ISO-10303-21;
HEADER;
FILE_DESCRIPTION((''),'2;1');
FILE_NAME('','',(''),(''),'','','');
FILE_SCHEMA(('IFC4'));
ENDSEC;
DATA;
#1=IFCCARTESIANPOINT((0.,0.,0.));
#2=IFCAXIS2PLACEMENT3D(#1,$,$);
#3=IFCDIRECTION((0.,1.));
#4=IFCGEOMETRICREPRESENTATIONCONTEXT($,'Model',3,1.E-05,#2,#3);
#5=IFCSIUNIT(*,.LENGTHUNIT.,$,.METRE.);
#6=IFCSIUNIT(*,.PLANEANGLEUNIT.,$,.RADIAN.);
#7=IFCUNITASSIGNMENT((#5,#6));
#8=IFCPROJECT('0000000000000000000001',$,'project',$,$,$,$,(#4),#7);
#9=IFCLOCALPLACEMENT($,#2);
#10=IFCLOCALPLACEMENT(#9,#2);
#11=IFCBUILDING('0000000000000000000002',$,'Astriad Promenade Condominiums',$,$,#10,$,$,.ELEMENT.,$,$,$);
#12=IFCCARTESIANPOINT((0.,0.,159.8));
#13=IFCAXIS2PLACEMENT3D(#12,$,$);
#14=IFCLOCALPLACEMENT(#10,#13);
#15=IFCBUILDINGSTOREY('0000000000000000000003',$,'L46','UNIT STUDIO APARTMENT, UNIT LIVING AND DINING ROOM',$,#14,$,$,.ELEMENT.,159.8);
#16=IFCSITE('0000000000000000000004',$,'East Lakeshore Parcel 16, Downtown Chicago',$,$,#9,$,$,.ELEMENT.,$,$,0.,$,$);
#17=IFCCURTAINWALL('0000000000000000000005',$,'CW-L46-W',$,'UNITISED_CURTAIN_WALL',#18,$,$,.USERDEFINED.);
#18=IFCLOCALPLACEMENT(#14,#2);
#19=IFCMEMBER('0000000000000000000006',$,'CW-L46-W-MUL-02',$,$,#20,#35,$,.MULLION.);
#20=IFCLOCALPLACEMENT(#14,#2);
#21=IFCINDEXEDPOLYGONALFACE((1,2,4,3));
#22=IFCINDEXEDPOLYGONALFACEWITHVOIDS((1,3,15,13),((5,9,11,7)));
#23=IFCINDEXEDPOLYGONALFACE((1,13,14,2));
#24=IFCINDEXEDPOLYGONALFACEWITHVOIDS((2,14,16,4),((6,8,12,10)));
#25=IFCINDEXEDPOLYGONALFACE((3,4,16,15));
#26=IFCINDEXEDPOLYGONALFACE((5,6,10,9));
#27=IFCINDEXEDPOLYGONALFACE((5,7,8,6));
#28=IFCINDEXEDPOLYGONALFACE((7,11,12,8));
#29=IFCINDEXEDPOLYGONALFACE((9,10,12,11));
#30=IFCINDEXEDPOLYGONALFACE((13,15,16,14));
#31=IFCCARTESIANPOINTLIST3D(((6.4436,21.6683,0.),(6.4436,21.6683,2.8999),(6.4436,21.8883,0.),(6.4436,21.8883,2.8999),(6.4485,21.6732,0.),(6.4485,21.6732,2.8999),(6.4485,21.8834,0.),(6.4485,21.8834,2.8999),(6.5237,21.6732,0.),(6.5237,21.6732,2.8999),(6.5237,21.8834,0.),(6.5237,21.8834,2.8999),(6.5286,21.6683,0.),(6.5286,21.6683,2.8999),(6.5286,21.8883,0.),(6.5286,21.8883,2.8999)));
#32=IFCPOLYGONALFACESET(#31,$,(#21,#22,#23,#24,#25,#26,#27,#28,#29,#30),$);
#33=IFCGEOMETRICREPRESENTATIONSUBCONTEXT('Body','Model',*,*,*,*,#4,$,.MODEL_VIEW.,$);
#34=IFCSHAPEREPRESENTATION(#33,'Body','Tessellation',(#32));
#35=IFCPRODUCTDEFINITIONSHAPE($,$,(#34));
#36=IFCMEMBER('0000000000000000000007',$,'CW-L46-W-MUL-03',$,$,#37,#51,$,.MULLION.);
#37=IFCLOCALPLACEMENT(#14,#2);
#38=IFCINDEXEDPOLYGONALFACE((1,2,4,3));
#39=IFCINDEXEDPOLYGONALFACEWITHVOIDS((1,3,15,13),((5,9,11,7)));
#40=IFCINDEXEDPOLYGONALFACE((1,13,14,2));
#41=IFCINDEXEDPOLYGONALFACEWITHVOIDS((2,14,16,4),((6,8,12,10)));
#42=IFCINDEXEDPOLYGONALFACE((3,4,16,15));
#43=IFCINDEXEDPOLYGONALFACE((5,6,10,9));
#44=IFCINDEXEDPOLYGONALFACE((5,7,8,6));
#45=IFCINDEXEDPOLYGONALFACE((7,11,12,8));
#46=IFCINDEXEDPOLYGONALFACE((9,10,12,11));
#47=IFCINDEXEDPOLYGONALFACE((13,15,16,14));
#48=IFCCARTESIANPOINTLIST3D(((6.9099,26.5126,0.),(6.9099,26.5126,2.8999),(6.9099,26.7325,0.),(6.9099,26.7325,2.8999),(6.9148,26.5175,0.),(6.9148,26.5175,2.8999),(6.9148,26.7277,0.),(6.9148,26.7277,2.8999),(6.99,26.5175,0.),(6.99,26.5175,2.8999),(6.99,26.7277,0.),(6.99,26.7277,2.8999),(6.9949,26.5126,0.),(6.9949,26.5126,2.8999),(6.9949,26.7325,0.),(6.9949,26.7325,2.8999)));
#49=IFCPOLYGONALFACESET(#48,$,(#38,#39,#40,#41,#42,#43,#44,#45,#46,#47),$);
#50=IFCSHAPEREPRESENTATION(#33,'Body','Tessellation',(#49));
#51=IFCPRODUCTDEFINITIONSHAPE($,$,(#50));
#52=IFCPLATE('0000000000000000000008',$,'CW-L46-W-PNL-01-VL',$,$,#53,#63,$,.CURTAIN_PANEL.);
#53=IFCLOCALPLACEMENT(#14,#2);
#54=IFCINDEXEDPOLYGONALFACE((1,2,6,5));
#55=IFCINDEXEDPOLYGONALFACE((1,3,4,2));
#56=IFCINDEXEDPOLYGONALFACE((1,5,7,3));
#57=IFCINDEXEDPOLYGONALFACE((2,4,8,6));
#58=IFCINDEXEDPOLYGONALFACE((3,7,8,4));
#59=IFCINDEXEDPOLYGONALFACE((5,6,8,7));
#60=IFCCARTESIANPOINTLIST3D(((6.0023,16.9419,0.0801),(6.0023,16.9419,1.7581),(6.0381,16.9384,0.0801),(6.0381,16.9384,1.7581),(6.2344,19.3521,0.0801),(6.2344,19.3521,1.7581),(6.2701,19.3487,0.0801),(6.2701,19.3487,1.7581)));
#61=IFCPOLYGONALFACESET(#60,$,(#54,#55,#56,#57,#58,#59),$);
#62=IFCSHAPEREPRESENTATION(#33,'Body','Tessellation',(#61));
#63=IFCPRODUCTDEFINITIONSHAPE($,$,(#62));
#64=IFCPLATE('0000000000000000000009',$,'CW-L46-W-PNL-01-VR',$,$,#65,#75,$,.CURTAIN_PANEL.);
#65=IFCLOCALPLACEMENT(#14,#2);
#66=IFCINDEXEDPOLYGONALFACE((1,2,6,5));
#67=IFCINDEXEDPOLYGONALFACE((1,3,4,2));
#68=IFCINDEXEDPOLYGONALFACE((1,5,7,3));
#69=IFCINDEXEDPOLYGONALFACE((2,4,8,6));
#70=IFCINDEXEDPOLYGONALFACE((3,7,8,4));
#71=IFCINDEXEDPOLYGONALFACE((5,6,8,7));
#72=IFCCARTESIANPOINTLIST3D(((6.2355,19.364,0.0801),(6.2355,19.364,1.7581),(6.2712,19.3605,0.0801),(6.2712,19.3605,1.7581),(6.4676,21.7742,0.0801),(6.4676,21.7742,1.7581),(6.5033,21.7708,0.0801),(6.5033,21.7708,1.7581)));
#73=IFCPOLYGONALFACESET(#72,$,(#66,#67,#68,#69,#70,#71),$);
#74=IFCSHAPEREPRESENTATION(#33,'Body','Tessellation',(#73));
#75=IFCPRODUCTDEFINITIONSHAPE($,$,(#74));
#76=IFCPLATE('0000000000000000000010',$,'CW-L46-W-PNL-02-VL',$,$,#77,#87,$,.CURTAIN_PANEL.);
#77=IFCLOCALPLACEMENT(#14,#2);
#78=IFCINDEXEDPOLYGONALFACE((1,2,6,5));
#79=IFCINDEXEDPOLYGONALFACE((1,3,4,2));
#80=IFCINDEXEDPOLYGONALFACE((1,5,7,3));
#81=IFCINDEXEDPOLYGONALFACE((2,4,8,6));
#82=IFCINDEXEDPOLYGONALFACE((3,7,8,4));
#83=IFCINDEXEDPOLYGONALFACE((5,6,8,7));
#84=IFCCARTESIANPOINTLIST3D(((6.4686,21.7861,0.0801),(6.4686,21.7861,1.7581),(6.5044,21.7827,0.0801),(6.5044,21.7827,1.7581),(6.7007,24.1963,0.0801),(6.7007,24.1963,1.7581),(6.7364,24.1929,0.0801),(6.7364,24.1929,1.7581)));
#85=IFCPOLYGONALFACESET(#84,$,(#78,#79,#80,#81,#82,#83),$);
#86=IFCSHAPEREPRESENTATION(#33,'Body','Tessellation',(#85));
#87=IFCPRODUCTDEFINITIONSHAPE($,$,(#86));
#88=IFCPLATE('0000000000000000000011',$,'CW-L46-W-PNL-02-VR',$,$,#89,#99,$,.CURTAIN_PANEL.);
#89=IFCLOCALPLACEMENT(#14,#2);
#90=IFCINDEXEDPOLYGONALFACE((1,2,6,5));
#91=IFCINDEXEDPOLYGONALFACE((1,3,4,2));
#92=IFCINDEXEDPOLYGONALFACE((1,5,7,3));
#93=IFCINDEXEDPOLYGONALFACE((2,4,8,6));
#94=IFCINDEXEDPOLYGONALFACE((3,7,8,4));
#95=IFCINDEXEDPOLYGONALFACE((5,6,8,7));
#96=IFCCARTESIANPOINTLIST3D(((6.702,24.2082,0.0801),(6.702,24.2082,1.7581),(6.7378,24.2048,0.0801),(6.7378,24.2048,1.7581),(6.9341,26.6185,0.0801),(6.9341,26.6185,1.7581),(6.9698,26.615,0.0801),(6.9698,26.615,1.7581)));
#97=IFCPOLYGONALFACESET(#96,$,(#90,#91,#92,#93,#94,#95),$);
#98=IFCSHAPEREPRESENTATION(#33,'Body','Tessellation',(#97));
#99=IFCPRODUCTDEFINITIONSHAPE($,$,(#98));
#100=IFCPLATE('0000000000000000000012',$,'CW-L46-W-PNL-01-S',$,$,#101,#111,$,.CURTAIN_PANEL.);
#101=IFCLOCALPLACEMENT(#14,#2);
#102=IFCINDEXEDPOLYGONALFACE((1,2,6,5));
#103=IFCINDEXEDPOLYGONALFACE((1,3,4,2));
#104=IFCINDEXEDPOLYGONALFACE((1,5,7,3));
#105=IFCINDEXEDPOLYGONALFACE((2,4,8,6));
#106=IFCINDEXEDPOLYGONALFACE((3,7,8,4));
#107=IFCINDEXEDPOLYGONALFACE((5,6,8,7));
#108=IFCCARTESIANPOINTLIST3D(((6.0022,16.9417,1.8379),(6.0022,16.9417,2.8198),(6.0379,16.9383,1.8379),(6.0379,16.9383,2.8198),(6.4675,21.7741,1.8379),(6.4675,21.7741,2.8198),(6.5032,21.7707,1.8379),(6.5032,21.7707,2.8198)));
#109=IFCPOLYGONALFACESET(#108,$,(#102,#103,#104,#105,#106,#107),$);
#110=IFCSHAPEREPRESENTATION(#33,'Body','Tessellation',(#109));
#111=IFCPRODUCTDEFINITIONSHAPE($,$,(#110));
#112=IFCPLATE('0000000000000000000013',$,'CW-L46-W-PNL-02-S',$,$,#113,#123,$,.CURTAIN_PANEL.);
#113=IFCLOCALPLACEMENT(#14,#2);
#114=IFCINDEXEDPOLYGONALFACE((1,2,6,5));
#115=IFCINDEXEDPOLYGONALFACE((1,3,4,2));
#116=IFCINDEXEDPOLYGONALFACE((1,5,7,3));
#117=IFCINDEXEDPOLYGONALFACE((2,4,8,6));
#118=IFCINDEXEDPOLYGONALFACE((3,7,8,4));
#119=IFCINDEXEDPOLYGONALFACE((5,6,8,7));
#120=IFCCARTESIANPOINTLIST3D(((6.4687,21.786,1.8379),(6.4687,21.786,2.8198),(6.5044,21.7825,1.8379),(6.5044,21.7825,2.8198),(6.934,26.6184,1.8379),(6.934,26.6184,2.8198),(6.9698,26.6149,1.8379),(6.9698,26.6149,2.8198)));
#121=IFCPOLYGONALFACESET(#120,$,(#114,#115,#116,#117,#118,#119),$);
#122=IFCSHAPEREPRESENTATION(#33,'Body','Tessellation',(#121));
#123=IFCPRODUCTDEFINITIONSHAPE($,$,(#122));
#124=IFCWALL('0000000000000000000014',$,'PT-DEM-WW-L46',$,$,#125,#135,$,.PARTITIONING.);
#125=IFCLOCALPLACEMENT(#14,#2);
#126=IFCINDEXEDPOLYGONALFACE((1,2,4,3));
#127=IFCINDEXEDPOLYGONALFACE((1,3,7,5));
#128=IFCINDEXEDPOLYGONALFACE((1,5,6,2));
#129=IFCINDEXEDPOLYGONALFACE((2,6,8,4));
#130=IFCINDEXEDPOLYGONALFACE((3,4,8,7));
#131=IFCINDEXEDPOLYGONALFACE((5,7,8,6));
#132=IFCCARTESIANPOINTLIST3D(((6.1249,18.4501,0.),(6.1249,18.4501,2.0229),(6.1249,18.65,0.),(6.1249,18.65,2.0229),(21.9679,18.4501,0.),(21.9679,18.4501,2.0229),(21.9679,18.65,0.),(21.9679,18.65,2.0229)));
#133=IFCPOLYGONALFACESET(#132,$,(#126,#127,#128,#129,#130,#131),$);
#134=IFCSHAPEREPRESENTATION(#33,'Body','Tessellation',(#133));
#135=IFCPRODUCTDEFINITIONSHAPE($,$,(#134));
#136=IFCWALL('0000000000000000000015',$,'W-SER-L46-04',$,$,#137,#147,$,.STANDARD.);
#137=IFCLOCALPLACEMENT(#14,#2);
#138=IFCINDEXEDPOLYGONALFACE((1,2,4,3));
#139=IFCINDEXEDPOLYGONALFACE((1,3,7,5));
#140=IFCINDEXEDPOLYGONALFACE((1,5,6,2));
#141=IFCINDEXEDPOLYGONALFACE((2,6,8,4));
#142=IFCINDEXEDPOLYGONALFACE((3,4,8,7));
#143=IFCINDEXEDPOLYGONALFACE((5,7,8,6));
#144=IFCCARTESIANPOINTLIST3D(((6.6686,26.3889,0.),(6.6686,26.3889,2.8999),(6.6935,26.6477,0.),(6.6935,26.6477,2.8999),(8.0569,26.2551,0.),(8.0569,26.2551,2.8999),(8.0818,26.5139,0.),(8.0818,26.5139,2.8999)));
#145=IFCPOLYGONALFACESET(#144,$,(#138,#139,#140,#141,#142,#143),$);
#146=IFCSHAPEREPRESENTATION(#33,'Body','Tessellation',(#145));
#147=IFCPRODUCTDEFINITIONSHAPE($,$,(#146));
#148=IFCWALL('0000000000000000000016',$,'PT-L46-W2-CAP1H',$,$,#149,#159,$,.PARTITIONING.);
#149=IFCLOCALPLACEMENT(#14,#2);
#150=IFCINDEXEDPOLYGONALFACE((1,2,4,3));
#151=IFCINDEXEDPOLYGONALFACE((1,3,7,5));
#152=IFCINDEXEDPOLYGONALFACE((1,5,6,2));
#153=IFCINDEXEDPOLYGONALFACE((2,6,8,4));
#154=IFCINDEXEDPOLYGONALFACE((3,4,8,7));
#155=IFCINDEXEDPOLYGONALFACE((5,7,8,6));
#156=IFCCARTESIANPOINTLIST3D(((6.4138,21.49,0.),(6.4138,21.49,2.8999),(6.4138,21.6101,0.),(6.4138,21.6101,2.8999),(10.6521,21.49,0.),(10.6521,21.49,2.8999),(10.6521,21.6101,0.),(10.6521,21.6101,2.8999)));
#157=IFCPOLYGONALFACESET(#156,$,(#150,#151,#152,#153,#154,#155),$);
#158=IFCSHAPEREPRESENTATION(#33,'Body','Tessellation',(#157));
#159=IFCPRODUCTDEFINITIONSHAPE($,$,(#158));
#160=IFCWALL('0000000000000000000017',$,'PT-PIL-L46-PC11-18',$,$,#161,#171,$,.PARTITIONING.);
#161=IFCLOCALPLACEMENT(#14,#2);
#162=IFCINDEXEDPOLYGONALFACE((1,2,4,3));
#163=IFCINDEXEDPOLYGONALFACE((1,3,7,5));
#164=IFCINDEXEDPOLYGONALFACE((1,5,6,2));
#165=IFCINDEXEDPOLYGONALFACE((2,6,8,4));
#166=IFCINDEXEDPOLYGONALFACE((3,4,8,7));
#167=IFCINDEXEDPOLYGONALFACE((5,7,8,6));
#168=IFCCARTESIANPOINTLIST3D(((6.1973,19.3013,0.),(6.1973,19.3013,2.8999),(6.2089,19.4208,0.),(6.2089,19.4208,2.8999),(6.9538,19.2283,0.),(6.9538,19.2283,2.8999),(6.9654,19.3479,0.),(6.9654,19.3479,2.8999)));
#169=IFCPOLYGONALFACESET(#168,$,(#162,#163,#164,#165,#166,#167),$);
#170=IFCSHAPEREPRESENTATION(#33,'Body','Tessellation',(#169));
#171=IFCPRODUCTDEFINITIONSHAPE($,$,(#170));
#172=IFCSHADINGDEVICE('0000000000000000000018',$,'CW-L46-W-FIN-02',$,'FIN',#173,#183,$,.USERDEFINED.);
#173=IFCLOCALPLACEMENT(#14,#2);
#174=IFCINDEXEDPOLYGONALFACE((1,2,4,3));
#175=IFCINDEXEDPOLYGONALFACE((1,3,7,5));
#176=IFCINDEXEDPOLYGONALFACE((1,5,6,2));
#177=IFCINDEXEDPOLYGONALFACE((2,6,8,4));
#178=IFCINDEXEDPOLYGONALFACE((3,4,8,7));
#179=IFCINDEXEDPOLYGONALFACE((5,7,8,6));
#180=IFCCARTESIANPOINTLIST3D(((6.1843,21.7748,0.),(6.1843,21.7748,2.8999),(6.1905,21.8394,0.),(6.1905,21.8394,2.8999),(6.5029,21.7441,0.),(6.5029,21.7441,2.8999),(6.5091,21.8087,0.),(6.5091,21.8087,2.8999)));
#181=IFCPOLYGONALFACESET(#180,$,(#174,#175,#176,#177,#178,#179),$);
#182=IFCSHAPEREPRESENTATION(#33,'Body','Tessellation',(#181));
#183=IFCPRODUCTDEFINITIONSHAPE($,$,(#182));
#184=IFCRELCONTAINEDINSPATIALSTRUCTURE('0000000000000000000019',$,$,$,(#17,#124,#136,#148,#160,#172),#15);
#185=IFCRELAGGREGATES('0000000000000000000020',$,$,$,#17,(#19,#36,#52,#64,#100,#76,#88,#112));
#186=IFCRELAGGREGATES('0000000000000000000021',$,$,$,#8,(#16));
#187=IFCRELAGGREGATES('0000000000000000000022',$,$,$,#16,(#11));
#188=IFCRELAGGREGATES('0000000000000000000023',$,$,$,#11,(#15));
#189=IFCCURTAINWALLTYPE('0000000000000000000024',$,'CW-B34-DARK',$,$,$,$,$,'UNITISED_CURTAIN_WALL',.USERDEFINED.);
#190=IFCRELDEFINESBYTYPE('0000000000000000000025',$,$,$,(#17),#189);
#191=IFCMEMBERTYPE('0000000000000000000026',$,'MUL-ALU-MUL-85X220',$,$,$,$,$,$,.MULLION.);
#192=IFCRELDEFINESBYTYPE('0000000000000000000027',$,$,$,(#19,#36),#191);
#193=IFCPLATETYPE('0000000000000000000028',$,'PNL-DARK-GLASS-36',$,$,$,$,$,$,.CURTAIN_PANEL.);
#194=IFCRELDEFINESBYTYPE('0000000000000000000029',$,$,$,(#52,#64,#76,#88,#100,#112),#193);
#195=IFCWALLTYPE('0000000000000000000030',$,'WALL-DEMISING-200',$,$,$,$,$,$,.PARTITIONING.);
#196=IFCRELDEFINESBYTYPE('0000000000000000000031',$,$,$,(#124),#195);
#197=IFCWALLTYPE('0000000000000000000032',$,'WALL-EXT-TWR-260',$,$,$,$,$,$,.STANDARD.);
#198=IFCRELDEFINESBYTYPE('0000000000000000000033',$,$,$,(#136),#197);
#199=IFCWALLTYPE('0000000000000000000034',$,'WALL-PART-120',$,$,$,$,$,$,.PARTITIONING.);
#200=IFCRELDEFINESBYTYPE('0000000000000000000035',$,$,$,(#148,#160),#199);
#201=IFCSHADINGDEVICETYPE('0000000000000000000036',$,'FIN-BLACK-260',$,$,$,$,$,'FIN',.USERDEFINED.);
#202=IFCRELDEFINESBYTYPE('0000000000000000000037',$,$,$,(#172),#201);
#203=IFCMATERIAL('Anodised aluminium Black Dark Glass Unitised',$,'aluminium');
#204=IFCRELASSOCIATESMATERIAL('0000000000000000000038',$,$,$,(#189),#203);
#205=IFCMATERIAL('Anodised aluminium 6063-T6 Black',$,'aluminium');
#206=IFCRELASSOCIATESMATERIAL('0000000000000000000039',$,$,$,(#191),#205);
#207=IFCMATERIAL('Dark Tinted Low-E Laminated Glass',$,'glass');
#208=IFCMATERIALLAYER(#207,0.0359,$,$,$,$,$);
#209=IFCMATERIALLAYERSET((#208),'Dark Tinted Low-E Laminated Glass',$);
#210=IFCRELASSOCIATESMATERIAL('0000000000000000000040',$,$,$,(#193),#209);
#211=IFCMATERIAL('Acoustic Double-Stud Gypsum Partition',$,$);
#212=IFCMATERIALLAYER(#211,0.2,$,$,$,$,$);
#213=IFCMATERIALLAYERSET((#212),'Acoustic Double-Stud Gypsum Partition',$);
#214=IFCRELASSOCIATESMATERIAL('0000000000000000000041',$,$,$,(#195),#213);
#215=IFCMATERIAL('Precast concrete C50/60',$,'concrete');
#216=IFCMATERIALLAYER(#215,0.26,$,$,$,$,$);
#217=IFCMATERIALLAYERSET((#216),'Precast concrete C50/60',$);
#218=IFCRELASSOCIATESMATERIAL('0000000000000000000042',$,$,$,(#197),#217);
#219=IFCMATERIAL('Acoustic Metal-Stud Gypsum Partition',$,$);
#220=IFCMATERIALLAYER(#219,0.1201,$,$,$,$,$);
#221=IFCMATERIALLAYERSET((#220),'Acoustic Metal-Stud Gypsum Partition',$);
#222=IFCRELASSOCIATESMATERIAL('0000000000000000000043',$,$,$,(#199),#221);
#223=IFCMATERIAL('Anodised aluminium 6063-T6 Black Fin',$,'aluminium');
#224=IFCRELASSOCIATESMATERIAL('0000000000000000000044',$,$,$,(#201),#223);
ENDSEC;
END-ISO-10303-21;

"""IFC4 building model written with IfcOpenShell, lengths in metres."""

from ifc_helpers import new_model, si_unit, direction, frame, frame_2d, origin, origin_2d, place, context, subcontext, project, spatial, rectangle, hollow_rectangle, extrude, source, transform, mapped, material, layer, layer_set, material_profile, profile_set, type_object, type_shapes, element, aggregate, save


model = new_model("IFC4")

# Units and contexts
model_context = context("Model", 3, precision=1e-05, world=origin(), true_north=direction((0.0, 1.0)))
body_context = subcontext(model_context, "Body", "Model", "MODEL_VIEW")
ifc_project = project(units=[si_unit("LENGTHUNIT", "METRE"), si_unit("PLANEANGLEUNIT", "RADIAN")], contexts=[model_context])

# Site, building, storey
site_placement = place(None, origin())
site = spatial("IfcSite", under=ifc_project, at=site_placement, Name="East Lakeshore Parcel 16, Downtown Chicago", CompositionType="ELEMENT", RefElevation=0.0)
building_placement = place(site_placement, origin())
building = spatial("IfcBuilding", under=site, at=building_placement, Name="Astriad Promenade Condominiums", CompositionType="ELEMENT")
storey_placement = place(building_placement, frame((0.0, 0.0, 159.8)))
storey = spatial("IfcBuildingStorey", under=building, at=storey_placement, Name="L46", Description="UNIT STUDIO APARTMENT, UNIT LIVING AND DINING ROOM", CompositionType="ELEMENT", Elevation=159.8)

# Curtain wall, members, plates
ifc_material_1 = material(Name="Anodised aluminium Black Dark Glass Unitised", Category="aluminium")
curtain_wall_type = type_object("IfcCurtainWallType", Name="CW-B34-DARK", ElementType="UNITISED_CURTAIN_WALL", PredefinedType="USERDEFINED", material=ifc_material_1)
curtain_wall_placement = place(storey_placement, origin())
curtain_wall = element("IfcCurtainWall", 1, at=curtain_wall_placement, inside=storey, type_object=curtain_wall_type, Name="CW-L46-W", ObjectType="UNITISED_CURTAIN_WALL", PredefinedType="USERDEFINED")
ifc_material_2 = material(Name="Anodised aluminium 6063-T6 Black", Category="aluminium")
ifc_material_profile_1 = material_profile(ifc_material_2, hollow_rectangle(XDim=0.085, YDim=0.22, WallThickness=0.0049, at=origin_2d()), Name="ALU-MUL-85X220")
ifc_profile_set_1 = profile_set([ifc_material_profile_1], Name="Anodised aluminium 6063-T6 Black")
member_type_1 = type_object("IfcMemberType", Name="MUL-ALU-MUL-85X220", PredefinedType="MULLION", material=ifc_profile_set_1)
shared_shape_1 = source(origin(), body_context, "Body", "SweptSolid", [
    extrude(hollow_rectangle(XDim=0.085, YDim=0.22, WallThickness=0.0049, at=origin_2d()), origin(), (0.0, 0.0, 1.0), 2.8999),
])
type_shapes(member_type_1, [shared_shape_1])
member_1_placement = place(storey_placement, frame((6.4861, 21.7783, 0.0), z_axis=(0.0, 0.0, 1.0), x_axis=(1.0, 0.0, 0.0)))
member_1 = element("IfcMember", 2, at=member_1_placement, type_object=member_type_1, Name="CW-L46-W-MUL-02", PredefinedType="MULLION", context=body_context, shape_type="MappedRepresentation", body=[
    mapped(shared_shape_1, transform((0.0, 0.0, 0.0), scale=1.0)),
])
member_2_placement = place(storey_placement, frame((6.9524, 26.6226, 0.0), z_axis=(0.0, 0.0, 1.0), x_axis=(1.0, 0.0, 0.0)))
member_2 = element("IfcMember", 3, at=member_2_placement, type_object=member_type_1, Name="CW-L46-W-MUL-03", PredefinedType="MULLION", context=body_context, shape_type="MappedRepresentation", body=[
    mapped(shared_shape_1, transform((0.0, 0.0, 0.0), scale=1.0)),
])
ifc_material_3 = material(Name="Dark Tinted Low-E Laminated Glass", Category="glass")
ifc_layer_1 = layer(ifc_material_3, 0.0359)
ifc_layer_set_1 = layer_set([ifc_layer_1], Name="Dark Tinted Low-E Laminated Glass")
plate_type = type_object("IfcPlateType", Name="PNL-DARK-GLASS-36", PredefinedType="CURTAIN_PANEL", material=ifc_layer_set_1)
shared_shape_2 = source(origin(), body_context, "Body", "SweptSolid", [
    extrude(rectangle(XDim=2.4214, YDim=0.0359, at=origin_2d()), origin(), (0.0, 0.0, 1.0), 1.678),
])
plate_1_placement = place(storey_placement, frame((6.1362, 18.1453, 0.0801), z_axis=(0.0, 0.0, 1.0), x_axis=(0.095846, 0.995396, 0.0)))
plate_1 = element("IfcPlate", 4, at=plate_1_placement, type_object=plate_type, Name="CW-L46-W-PNL-01-VL", PredefinedType="CURTAIN_PANEL", context=body_context, shape_type="MappedRepresentation", body=[
    mapped(shared_shape_2, transform((0.0, 0.0, 0.0), scale=1.0)),
])
plate_2_placement = place(storey_placement, frame((6.3694, 20.5674, 0.0801), z_axis=(0.0, 0.0, 1.0), x_axis=(0.095846, 0.995396, 0.0)))
plate_2 = element("IfcPlate", 5, at=plate_2_placement, type_object=plate_type, Name="CW-L46-W-PNL-01-VR", PredefinedType="CURTAIN_PANEL", context=body_context, shape_type="MappedRepresentation", body=[
    mapped(shared_shape_2, transform((0.0, 0.0, 0.0), scale=1.0)),
])
plate_3_placement = place(storey_placement, frame((6.6025, 22.9895, 0.0801), z_axis=(0.0, 0.0, 1.0), x_axis=(0.095846, 0.995396, 0.0)))
plate_3 = element("IfcPlate", 6, at=plate_3_placement, type_object=plate_type, Name="CW-L46-W-PNL-02-VL", PredefinedType="CURTAIN_PANEL", context=body_context, shape_type="MappedRepresentation", body=[
    mapped(shared_shape_2, transform((0.0, 0.0, 0.0), scale=1.0)),
])
plate_4_placement = place(storey_placement, frame((6.8359, 25.4116, 0.0801), z_axis=(0.0, 0.0, 1.0), x_axis=(0.095846, 0.995396, 0.0)))
plate_4 = element("IfcPlate", 7, at=plate_4_placement, type_object=plate_type, Name="CW-L46-W-PNL-02-VR", PredefinedType="CURTAIN_PANEL", context=body_context, shape_type="MappedRepresentation", body=[
    mapped(shared_shape_2, transform((0.0, 0.0, 0.0), scale=1.0)),
])
shared_shape_3 = source(origin(), body_context, "Body", "SweptSolid", [
    extrude(rectangle(XDim=4.8547, YDim=0.0359, at=origin_2d()), origin(), (0.0, 0.0, 1.0), 0.9819),
])
type_shapes(plate_type, [shared_shape_2, shared_shape_3])
plate_5_placement = place(storey_placement, frame((6.2527, 19.3562, 1.8379), z_axis=(0.0, 0.0, 1.0), x_axis=(0.095846, 0.995396, 0.0)))
plate_5 = element("IfcPlate", 8, at=plate_5_placement, type_object=plate_type, Name="CW-L46-W-PNL-01-S", PredefinedType="CURTAIN_PANEL", context=body_context, shape_type="MappedRepresentation", body=[
    mapped(shared_shape_3, transform((0.0, 0.0, 0.0), scale=1.0)),
])
plate_6_placement = place(storey_placement, frame((6.7192, 24.2004, 1.8379), z_axis=(0.0, 0.0, 1.0), x_axis=(0.095846, 0.995396, 0.0)))
plate_6 = element("IfcPlate", 9, at=plate_6_placement, type_object=plate_type, Name="CW-L46-W-PNL-02-S", PredefinedType="CURTAIN_PANEL", context=body_context, shape_type="MappedRepresentation", body=[
    mapped(shared_shape_3, transform((0.0, 0.0, 0.0), scale=1.0)),
])
aggregate(curtain_wall, [member_1, member_2, plate_1, plate_2, plate_5, plate_3, plate_4, plate_6])

# Walls
ifc_material_4 = material(Name="Acoustic Double-Stud Gypsum Partition")
ifc_layer_2 = layer(ifc_material_4, 0.2)
ifc_layer_set_2 = layer_set([ifc_layer_2], Name="Acoustic Double-Stud Gypsum Partition")
wall_type_1 = type_object("IfcWallType", Name="WALL-DEMISING-200", PredefinedType="PARTITIONING", material=ifc_layer_set_2)
wall_1_placement = place(storey_placement, frame((6.125, 18.55, 0.0), z_axis=(0.0, 0.0, 1.0), x_axis=(1.0, 0.0, 0.0)))
element("IfcWall", 10, at=wall_1_placement, inside=storey, type_object=wall_type_1, Name="PT-DEM-WW-L46", PredefinedType="PARTITIONING", context=body_context, shape_type="SweptSolid", body=[
    extrude(rectangle(XDim=15.843, YDim=0.2, at=frame_2d((7.9214, 0.0))), origin(), (0.0, 0.0, 1.0), 2.0229),
])
ifc_material_5 = material(Name="Precast concrete C50/60", Category="concrete")
ifc_layer_3 = layer(ifc_material_5, 0.26)
ifc_layer_set_3 = layer_set([ifc_layer_3], Name="Precast concrete C50/60")
wall_type_2 = type_object("IfcWallType", Name="WALL-EXT-TWR-260", PredefinedType="STANDARD", material=ifc_layer_set_3)
wall_2_placement = place(storey_placement, frame((6.6812, 26.5183, 0.0), z_axis=(0.0, 0.0, 1.0), x_axis=(0.995389, -0.095916, 0.0)))
element("IfcWall", 11, at=wall_2_placement, inside=storey, type_object=wall_type_2, Name="W-SER-L46-04", PredefinedType="STANDARD", context=body_context, shape_type="SweptSolid", body=[
    extrude(rectangle(XDim=1.3948, YDim=0.26, at=frame_2d((0.6973, 0.0))), origin(), (0.0, 0.0, 1.0), 2.8999),
])
ifc_material_6 = material(Name="Acoustic Metal-Stud Gypsum Partition")
ifc_layer_4 = layer(ifc_material_6, 0.1201)
ifc_layer_set_4 = layer_set([ifc_layer_4], Name="Acoustic Metal-Stud Gypsum Partition")
wall_type_3 = type_object("IfcWallType", Name="WALL-PART-120", PredefinedType="PARTITIONING", material=ifc_layer_set_4)
wall_3_placement = place(storey_placement, frame((6.4138, 21.55, 0.0), z_axis=(0.0, 0.0, 1.0), x_axis=(1.0, 0.0, 0.0)))
element("IfcWall", 12, at=wall_3_placement, inside=storey, type_object=wall_type_3, Name="PT-L46-W2-CAP1H", PredefinedType="PARTITIONING", context=body_context, shape_type="SweptSolid", body=[
    extrude(rectangle(XDim=4.2383, YDim=0.1201, at=frame_2d((2.1191, 0.0))), origin(), (0.0, 0.0, 1.0), 2.8999),
])
wall_4_placement = place(storey_placement, frame((6.9595, 19.2881, 0.0), z_axis=(0.0, 0.0, 1.0), x_axis=(-0.995378, 0.096037, 0.0)))
element("IfcWall", 13, at=wall_4_placement, inside=storey, type_object=wall_type_3, Name="PT-PIL-L46-PC11-18", PredefinedType="PARTITIONING", context=body_context, shape_type="SweptSolid", body=[
    extrude(rectangle(XDim=0.76, YDim=0.1201, at=frame_2d((0.3799, 0.0))), origin(), (0.0, 0.0, 1.0), 2.8999),
])

# Shading device
ifc_material_7 = material(Name="Anodised aluminium 6063-T6 Black Fin", Category="aluminium")
shading_device_type = type_object("IfcShadingDeviceType", Name="FIN-BLACK-260", ElementType="FIN", PredefinedType="USERDEFINED", material=ifc_material_7)
shared_shape_4 = source(origin(), body_context, "Body", "SweptSolid", [
    extrude(rectangle(XDim=0.0649, YDim=0.3201, at=origin_2d()), origin(), (0.0, 0.0, 1.0), 2.8999),
])
type_shapes(shading_device_type, [shared_shape_4])
shading_device_placement = place(storey_placement, frame((6.3467, 21.7917, 0.0), z_axis=(0.0, 0.0, 1.0), x_axis=(0.095846, 0.995396, 0.0)))
element("IfcShadingDevice", 14, at=shading_device_placement, inside=storey, type_object=shading_device_type, Name="CW-L46-W-FIN-02", ObjectType="FIN", PredefinedType="USERDEFINED", context=body_context, shape_type="MappedRepresentation", body=[
    mapped(shared_shape_4, transform((0.0, 0.0, 0.0), scale=1.0)),
])

save(model, "model.ifc")
